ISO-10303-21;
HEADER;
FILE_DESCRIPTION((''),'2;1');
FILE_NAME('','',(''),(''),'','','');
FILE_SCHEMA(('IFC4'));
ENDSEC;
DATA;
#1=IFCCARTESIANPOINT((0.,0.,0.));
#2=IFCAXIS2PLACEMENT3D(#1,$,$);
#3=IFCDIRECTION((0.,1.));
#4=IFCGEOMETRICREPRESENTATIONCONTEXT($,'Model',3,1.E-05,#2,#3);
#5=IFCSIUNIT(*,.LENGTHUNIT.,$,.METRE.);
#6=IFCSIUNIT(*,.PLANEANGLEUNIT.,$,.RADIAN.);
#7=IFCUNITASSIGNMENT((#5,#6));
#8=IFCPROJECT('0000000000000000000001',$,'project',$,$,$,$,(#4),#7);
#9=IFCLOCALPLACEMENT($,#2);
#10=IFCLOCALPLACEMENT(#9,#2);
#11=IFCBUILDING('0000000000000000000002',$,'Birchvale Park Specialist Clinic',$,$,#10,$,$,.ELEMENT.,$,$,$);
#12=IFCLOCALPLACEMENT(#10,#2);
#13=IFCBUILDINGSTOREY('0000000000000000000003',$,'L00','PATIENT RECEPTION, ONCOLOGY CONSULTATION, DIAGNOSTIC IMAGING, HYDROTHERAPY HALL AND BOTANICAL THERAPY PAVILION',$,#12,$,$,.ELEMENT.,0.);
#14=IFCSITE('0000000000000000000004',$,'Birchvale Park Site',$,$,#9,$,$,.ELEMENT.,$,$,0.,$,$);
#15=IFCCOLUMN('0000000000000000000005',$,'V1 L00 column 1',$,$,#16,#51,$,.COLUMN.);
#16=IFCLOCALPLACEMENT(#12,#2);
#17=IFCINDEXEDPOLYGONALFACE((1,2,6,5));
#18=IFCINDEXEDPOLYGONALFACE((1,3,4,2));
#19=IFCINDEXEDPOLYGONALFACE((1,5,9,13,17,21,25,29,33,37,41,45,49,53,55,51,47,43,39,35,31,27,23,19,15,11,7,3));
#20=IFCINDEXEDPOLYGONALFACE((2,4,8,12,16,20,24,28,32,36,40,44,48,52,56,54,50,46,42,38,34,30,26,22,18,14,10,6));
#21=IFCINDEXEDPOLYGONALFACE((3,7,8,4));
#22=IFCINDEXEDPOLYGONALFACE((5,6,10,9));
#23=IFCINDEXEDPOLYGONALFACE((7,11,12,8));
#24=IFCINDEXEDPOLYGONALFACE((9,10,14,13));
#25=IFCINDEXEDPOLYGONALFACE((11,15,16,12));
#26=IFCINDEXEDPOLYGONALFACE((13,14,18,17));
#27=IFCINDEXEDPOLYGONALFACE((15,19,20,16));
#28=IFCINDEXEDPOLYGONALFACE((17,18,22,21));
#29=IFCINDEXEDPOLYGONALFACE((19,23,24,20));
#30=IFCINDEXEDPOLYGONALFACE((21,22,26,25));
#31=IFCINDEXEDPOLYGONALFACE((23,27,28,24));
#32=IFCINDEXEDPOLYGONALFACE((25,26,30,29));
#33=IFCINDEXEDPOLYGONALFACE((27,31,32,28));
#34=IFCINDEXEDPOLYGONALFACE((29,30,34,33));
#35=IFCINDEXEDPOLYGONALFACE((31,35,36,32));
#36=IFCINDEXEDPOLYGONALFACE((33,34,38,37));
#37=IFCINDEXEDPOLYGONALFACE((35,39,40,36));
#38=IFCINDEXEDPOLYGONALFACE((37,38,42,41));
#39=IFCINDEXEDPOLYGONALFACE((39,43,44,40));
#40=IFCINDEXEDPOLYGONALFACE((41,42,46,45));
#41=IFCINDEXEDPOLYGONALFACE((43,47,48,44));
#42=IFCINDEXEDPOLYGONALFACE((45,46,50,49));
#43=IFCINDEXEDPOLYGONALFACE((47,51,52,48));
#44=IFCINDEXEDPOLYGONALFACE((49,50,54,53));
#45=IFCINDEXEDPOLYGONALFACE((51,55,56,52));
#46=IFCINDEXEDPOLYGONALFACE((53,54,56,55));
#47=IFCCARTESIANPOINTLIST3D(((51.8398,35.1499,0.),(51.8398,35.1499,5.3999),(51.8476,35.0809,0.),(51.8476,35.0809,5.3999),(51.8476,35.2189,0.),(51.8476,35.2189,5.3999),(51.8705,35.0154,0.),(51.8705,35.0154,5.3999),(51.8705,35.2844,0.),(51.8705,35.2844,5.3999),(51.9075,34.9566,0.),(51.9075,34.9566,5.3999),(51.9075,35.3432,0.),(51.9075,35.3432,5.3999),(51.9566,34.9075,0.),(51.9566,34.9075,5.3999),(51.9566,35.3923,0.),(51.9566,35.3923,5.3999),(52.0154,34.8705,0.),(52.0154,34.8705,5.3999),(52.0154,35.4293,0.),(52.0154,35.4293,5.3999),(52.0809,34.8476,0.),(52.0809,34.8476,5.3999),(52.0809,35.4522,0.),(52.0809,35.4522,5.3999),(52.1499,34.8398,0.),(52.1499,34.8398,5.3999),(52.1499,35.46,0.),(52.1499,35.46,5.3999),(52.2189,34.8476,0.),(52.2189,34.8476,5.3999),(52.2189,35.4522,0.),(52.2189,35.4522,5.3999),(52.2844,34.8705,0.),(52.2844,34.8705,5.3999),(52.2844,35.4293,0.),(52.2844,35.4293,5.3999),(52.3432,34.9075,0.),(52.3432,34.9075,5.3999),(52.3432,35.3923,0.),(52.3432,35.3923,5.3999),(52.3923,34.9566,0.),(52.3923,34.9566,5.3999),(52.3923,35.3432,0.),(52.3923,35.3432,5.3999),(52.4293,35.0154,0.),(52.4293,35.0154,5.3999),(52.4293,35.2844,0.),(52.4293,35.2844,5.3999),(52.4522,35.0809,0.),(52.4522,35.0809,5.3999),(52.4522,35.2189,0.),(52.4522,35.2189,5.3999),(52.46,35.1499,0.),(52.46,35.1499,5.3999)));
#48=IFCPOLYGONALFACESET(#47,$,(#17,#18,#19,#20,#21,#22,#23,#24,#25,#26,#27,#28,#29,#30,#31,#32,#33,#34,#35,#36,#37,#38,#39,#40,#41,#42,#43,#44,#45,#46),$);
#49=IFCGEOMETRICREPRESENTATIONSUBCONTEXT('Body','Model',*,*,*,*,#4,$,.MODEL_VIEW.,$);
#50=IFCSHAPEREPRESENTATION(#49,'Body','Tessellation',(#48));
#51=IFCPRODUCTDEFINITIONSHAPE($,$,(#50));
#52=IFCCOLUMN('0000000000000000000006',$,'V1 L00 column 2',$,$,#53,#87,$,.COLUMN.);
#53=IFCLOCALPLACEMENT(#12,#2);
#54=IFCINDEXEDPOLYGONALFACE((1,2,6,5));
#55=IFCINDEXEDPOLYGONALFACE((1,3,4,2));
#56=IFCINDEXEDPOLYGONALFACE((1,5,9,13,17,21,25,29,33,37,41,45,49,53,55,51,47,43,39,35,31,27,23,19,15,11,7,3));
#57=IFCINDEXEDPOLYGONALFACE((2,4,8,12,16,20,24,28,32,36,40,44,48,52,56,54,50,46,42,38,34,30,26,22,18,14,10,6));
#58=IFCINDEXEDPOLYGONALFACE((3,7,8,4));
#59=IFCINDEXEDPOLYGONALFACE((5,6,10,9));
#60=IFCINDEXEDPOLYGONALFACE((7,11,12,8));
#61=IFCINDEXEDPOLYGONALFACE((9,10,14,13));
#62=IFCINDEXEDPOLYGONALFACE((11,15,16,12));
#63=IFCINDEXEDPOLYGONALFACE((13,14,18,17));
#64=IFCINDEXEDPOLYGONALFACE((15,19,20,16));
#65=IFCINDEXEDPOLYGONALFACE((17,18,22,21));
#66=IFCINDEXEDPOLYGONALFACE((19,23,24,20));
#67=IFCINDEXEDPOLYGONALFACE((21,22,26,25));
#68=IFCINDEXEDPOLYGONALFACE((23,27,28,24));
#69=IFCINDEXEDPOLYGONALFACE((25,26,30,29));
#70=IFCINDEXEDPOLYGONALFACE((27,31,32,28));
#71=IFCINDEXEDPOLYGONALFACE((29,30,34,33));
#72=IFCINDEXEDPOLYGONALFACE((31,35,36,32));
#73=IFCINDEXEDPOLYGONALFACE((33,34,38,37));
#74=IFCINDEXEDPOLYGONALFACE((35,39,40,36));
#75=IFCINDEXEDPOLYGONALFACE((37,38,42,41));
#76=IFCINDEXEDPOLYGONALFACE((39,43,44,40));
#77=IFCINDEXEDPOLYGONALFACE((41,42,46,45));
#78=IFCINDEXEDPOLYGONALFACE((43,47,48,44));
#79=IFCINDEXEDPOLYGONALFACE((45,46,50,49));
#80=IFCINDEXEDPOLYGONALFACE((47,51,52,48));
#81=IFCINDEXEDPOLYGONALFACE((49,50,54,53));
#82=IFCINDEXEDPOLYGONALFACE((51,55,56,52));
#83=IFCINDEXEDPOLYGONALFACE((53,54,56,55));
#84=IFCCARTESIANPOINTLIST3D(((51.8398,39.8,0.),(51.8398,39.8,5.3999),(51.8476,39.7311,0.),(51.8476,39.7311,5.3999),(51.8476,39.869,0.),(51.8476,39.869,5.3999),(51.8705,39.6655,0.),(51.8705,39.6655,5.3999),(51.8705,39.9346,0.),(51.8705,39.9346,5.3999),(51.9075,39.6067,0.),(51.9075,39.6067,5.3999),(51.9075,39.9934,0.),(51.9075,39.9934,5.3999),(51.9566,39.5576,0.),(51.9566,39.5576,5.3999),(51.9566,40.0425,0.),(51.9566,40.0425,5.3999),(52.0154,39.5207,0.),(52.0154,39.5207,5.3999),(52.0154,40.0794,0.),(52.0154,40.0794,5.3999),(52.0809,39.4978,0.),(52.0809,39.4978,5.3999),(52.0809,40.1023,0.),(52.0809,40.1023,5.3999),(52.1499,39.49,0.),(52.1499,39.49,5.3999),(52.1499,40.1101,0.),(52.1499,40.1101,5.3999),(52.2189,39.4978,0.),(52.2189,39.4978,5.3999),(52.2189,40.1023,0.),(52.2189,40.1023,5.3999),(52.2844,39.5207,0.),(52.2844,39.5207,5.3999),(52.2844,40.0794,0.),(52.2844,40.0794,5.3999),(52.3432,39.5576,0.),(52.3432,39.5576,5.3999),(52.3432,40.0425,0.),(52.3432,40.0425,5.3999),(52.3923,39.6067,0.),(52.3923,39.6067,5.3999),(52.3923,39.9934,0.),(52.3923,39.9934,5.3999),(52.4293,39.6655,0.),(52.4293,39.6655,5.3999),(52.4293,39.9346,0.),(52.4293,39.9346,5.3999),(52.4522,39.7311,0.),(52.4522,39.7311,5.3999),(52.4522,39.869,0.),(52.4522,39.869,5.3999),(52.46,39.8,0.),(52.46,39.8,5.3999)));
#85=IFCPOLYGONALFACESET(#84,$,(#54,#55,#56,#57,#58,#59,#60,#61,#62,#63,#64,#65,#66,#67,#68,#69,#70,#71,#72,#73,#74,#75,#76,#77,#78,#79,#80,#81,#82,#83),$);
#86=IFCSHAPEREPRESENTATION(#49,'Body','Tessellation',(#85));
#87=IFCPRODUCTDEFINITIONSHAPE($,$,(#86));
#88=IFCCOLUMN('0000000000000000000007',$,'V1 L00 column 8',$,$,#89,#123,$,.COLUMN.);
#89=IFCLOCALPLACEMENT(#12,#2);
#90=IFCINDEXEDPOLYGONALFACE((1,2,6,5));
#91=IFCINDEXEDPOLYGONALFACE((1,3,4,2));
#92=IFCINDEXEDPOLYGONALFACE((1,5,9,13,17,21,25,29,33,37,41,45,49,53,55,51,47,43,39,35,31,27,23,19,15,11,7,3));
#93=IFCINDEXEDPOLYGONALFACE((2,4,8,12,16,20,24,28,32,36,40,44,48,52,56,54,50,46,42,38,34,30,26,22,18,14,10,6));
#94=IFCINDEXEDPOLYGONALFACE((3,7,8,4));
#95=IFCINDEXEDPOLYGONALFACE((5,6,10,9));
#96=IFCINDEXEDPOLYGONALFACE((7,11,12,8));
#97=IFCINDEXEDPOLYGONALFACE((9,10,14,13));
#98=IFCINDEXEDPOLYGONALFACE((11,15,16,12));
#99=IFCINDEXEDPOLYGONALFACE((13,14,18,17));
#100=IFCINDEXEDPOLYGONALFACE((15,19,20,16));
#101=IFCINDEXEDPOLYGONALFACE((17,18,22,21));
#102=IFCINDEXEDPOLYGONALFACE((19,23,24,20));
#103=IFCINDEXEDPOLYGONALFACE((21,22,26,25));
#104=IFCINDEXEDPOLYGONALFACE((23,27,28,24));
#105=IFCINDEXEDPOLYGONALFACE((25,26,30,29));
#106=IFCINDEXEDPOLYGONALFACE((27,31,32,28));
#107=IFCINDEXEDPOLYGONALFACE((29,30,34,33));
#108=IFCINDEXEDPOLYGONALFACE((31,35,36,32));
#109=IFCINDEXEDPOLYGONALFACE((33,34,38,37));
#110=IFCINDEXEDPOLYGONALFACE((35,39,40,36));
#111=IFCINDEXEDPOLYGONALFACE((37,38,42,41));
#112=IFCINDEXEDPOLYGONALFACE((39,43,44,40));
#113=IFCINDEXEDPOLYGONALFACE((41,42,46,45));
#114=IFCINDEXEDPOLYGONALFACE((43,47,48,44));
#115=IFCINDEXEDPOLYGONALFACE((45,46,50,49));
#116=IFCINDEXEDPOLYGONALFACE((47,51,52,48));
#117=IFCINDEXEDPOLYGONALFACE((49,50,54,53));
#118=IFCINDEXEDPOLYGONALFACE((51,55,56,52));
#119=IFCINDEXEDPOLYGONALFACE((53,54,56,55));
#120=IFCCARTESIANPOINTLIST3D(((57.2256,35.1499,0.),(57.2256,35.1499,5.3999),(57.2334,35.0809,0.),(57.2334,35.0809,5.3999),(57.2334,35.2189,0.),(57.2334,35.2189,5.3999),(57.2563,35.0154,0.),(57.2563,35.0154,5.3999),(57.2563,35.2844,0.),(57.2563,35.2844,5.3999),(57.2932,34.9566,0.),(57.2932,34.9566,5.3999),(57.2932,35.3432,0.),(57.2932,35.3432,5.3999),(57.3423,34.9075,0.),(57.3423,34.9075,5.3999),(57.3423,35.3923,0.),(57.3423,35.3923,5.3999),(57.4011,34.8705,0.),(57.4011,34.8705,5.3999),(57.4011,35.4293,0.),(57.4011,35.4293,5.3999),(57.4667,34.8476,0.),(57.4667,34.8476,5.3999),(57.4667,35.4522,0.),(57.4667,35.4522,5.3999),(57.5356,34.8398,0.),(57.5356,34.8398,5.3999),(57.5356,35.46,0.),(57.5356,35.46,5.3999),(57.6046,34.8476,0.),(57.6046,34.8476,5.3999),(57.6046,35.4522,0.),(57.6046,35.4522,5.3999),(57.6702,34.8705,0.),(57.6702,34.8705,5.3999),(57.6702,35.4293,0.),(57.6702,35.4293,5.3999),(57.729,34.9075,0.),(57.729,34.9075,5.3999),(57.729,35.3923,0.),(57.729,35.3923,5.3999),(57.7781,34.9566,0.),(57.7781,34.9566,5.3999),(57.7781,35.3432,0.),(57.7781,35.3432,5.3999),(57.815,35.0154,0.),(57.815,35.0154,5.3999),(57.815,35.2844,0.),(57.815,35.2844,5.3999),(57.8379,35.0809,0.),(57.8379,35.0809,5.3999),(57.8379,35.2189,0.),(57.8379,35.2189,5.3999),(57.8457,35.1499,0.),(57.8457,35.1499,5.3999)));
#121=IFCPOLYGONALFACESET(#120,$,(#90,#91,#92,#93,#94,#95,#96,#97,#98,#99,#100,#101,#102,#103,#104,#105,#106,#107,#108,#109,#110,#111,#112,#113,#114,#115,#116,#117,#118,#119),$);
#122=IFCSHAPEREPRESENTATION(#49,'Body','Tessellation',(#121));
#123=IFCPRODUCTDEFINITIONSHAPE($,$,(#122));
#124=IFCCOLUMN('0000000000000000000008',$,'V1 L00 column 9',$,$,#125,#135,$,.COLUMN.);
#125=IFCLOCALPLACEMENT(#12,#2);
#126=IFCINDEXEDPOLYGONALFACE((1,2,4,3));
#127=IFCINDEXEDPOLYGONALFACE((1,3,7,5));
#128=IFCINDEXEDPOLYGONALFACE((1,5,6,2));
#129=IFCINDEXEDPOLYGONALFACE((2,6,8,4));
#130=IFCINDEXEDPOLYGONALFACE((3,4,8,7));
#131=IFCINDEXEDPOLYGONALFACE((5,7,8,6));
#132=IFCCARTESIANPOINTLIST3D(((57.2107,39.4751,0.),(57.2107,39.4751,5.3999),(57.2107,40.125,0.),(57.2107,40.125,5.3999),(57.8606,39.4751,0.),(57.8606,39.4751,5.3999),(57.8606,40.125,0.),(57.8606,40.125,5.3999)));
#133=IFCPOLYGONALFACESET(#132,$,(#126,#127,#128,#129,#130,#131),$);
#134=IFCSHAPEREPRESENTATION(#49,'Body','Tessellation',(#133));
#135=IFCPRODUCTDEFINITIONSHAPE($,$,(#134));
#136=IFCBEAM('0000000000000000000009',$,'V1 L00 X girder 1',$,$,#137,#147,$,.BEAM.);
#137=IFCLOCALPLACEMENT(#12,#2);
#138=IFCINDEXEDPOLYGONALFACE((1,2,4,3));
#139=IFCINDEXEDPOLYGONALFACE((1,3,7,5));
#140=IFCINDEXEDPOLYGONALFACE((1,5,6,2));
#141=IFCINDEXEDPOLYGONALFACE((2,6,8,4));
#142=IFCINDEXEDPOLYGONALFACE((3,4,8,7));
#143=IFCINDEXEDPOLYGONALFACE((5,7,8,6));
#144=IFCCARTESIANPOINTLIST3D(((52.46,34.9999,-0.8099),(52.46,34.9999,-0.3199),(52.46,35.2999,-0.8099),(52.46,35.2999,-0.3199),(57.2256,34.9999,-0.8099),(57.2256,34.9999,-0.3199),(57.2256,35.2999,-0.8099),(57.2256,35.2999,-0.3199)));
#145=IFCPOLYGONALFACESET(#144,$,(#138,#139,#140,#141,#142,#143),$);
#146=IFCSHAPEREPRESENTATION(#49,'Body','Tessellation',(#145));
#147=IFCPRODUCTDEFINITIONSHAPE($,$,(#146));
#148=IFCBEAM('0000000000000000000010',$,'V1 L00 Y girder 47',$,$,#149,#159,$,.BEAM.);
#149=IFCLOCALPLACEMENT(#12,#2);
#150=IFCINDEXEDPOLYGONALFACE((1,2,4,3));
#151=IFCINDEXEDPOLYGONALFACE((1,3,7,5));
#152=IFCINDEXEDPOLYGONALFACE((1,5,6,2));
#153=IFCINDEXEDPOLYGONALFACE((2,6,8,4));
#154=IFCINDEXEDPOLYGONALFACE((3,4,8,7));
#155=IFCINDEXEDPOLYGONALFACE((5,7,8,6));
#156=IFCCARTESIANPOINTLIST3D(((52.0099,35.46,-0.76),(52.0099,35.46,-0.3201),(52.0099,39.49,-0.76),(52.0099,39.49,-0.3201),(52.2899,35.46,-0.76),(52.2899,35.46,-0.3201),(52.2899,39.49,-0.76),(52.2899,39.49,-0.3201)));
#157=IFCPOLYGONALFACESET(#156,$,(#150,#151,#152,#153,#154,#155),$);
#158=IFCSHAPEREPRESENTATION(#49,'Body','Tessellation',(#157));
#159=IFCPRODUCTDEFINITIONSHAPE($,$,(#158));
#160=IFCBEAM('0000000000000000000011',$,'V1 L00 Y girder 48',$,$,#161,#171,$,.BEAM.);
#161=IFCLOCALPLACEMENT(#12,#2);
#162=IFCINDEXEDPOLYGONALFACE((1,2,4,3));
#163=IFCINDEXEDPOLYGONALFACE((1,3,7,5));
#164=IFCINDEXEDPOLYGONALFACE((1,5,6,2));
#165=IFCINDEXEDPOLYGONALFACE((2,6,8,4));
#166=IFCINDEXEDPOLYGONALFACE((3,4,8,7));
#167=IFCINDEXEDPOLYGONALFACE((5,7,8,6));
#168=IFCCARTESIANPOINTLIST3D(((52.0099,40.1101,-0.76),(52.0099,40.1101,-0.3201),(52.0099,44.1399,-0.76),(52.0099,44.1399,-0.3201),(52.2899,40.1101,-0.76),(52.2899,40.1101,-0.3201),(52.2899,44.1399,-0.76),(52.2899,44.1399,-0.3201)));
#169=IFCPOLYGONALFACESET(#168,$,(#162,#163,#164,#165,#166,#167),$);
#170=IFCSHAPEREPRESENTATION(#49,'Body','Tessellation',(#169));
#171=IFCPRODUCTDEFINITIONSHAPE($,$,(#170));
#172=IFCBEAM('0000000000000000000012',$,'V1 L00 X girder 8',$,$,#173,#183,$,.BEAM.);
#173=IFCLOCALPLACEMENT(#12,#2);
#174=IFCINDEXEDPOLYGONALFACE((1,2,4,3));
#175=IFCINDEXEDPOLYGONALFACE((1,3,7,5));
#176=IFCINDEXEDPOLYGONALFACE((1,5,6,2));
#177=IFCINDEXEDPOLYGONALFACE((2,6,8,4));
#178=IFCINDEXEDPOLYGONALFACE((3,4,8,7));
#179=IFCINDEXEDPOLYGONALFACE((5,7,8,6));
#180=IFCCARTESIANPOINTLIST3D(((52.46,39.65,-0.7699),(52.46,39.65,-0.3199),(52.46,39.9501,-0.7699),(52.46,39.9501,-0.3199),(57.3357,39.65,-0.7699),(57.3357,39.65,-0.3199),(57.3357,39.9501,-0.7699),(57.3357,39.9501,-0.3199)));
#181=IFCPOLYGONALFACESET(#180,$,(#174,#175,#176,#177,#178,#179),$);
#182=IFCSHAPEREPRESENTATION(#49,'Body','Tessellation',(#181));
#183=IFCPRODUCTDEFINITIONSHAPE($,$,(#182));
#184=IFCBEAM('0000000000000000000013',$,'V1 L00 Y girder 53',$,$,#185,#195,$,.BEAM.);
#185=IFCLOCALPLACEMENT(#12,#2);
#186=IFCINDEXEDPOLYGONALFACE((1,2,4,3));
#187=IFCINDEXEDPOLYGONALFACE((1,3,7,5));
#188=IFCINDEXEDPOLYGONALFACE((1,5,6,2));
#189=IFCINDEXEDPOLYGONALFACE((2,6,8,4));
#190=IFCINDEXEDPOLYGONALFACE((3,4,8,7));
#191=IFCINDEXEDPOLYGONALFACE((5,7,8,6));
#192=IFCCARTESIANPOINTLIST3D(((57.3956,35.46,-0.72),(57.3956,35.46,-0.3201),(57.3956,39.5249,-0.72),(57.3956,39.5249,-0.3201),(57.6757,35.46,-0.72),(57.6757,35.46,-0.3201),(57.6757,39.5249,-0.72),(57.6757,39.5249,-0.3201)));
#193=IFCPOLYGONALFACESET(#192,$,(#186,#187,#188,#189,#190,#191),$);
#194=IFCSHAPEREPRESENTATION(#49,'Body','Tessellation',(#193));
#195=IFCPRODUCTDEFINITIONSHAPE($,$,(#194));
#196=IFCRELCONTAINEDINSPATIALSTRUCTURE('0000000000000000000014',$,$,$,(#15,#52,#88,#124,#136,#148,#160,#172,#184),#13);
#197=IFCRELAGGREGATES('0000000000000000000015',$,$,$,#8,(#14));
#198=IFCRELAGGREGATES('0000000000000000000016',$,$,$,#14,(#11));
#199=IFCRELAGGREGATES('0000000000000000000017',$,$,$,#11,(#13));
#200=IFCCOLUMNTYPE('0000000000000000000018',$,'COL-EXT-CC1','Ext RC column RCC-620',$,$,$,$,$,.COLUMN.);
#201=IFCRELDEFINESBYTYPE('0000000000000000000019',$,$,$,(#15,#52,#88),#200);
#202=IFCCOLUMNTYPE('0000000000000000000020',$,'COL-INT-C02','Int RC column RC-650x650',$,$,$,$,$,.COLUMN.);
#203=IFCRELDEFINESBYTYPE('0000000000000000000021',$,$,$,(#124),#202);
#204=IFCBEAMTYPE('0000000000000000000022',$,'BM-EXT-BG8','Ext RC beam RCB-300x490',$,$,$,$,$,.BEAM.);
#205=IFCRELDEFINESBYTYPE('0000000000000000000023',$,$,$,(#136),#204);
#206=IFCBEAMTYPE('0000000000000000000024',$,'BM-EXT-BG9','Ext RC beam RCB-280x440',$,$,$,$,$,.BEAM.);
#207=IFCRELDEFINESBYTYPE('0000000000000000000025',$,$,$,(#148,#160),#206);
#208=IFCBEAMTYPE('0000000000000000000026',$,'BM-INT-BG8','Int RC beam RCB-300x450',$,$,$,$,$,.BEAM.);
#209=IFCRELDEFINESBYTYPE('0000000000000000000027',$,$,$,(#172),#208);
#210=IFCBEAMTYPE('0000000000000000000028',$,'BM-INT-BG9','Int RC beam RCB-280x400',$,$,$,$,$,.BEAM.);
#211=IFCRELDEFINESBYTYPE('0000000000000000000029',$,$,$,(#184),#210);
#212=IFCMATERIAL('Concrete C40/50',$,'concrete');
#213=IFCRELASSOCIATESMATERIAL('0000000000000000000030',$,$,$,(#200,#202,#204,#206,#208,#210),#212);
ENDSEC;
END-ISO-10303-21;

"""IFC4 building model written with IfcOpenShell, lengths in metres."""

from ifc_helpers import new_model, si_unit, direction, frame, origin, origin_2d, place, context, subcontext, project, spatial, rectangle, circle, extrude, material, material_profile, profile_set, type_object, element, save


model = new_model("IFC4")

# Units and contexts
model_context = context("Model", 3, precision=1e-05, world=origin(), true_north=direction((0.0, 1.0)))
body_context = subcontext(model_context, "Body", "Model", "MODEL_VIEW")
ifc_project = project(units=[si_unit("LENGTHUNIT", "METRE"), si_unit("PLANEANGLEUNIT", "RADIAN")], contexts=[model_context])

# Site, building, storey
site_placement = place(None, origin())
site = spatial("IfcSite", under=ifc_project, at=site_placement, Name="Birchvale Park Site", CompositionType="ELEMENT", RefElevation=0.0)
building_placement = place(site_placement, origin())
building = spatial("IfcBuilding", under=site, at=building_placement, Name="Birchvale Park Specialist Clinic", CompositionType="ELEMENT")
storey_placement = place(building_placement, origin())
storey = spatial("IfcBuildingStorey", under=building, at=storey_placement, Name="L00", Description="PATIENT RECEPTION, ONCOLOGY CONSULTATION, DIAGNOSTIC IMAGING, HYDROTHERAPY HALL AND BOTANICAL THERAPY PAVILION", CompositionType="ELEMENT", Elevation=0.0)

# Columns
ifc_material_1 = material(Name="Concrete C40/50", Category="concrete")
ifc_material_profile_1 = material_profile(ifc_material_1, circle(Radius=0.3101, at=origin_2d()), Name="RCC-620")
ifc_profile_set_1 = profile_set([ifc_material_profile_1], Name="Concrete C40/50")
column_type_1 = type_object("IfcColumnType", Name="COL-EXT-CC1", Description="Ext RC column RCC-620", PredefinedType="COLUMN", material=ifc_profile_set_1)
for number, where, z_axis, x_axis, name in (
    (1, (52.1499, 35.1499, 0.0), (0.0, 0.0, 1.0), (1.0, 0.0, 0.0), "V1 L00 column 1"),
    (2, (52.1499, 39.8, 0.0), (0.0, 0.0, 1.0), (1.0, 0.0, 0.0), "V1 L00 column 2"),
    (3, (57.5356, 35.1499, 0.0), (0.0, 0.0, 1.0), (1.0, 0.0, 0.0), "V1 L00 column 8"),
):
    element("IfcColumn", number, at=place(storey_placement, frame(where, z_axis=z_axis, x_axis=x_axis)), inside=storey, type_object=column_type_1, Name=name, PredefinedType="COLUMN", context=body_context, shape_type="SweptSolid", body=[
        extrude(circle(Radius=0.3101, at=origin_2d()), origin(), (0.0, 0.0, 1.0), 5.3999),
    ])
ifc_material_profile_2 = material_profile(ifc_material_1, rectangle(XDim=0.6499, YDim=0.6499, at=origin_2d()), Name="RC-650x650")
ifc_profile_set_2 = profile_set([ifc_material_profile_2], Name="Concrete C40/50")
column_type_2 = type_object("IfcColumnType", Name="COL-INT-C02", Description="Int RC column RC-650x650", PredefinedType="COLUMN", material=ifc_profile_set_2)
column_placement = place(storey_placement, frame((57.5356, 39.8, 0.0), z_axis=(0.0, 0.0, 1.0), x_axis=(1.0, 0.0, 0.0)))
element("IfcColumn", 4, at=column_placement, inside=storey, type_object=column_type_2, Name="V1 L00 column 9", PredefinedType="COLUMN", context=body_context, shape_type="SweptSolid", body=[
    extrude(rectangle(XDim=0.6499, YDim=0.6499, at=origin_2d()), origin(), (0.0, 0.0, 1.0), 5.3999),
])

# Beams
ifc_material_profile_3 = material_profile(ifc_material_1, rectangle(XDim=0.3, YDim=0.49, at=origin_2d()), Name="RCB-300x490")
ifc_profile_set_3 = profile_set([ifc_material_profile_3], Name="Concrete C40/50")
beam_type_1 = type_object("IfcBeamType", Name="BM-EXT-BG8", Description="Ext RC beam RCB-300x490", PredefinedType="BEAM", material=ifc_profile_set_3)
beam_1_placement = place(storey_placement, frame((52.46, 35.1499, -0.5649), z_axis=(1.0, 0.0, 0.0), x_axis=(0.0, 1.0, 0.0)))
element("IfcBeam", 5, at=beam_1_placement, inside=storey, type_object=beam_type_1, Name="V1 L00 X girder 1", PredefinedType="BEAM", context=body_context, shape_type="SweptSolid", body=[
    extrude(rectangle(XDim=0.3, YDim=0.49, at=origin_2d()), origin(), (0.0, 0.0, 1.0), 4.7656),
])
ifc_material_profile_4 = material_profile(ifc_material_1, rectangle(XDim=0.28, YDim=0.4399, at=origin_2d()), Name="RCB-280x440")
ifc_profile_set_4 = profile_set([ifc_material_profile_4], Name="Concrete C40/50")
beam_type_2 = type_object("IfcBeamType", Name="BM-EXT-BG9", Description="Ext RC beam RCB-280x440", PredefinedType="BEAM", material=ifc_profile_set_4)
beam_2_placement = place(storey_placement, frame((52.1499, 35.46, -0.54), z_axis=(0.0, 1.0, 0.0), x_axis=(-1.0, 0.0, 0.0)))
element("IfcBeam", 6, at=beam_2_placement, inside=storey, type_object=beam_type_2, Name="V1 L00 Y girder 47", PredefinedType="BEAM", context=body_context, shape_type="SweptSolid", body=[
    extrude(rectangle(XDim=0.28, YDim=0.4399, at=origin_2d()), origin(), (0.0, 0.0, 1.0), 4.03),
])
beam_3_placement = place(storey_placement, frame((52.1499, 40.1101, -0.54), z_axis=(0.0, 1.0, 0.0), x_axis=(-1.0, 0.0, 0.0)))
element("IfcBeam", 7, at=beam_3_placement, inside=storey, type_object=beam_type_2, Name="V1 L00 Y girder 48", PredefinedType="BEAM", context=body_context, shape_type="SweptSolid", body=[
    extrude(rectangle(XDim=0.28, YDim=0.4399, at=origin_2d()), origin(), (0.0, 0.0, 1.0), 4.0298),
])
ifc_material_profile_5 = material_profile(ifc_material_1, rectangle(XDim=0.3, YDim=0.45, at=origin_2d()), Name="RCB-300x450")
ifc_profile_set_5 = profile_set([ifc_material_profile_5], Name="Concrete C40/50")
beam_type_3 = type_object("IfcBeamType", Name="BM-INT-BG8", Description="Int RC beam RCB-300x450", PredefinedType="BEAM", material=ifc_profile_set_5)
beam_4_placement = place(storey_placement, frame((52.46, 39.8, -0.5449), z_axis=(1.0, 0.0, 0.0), x_axis=(0.0, 1.0, 0.0)))
element("IfcBeam", 8, at=beam_4_placement, inside=storey, type_object=beam_type_3, Name="V1 L00 X girder 8", PredefinedType="BEAM", context=body_context, shape_type="SweptSolid", body=[
    extrude(rectangle(XDim=0.3, YDim=0.45, at=origin_2d()), origin(), (0.0, 0.0, 1.0), 4.8757),
])
ifc_material_profile_6 = material_profile(ifc_material_1, rectangle(XDim=0.28, YDim=0.3999, at=origin_2d()), Name="RCB-280x400")
ifc_profile_set_6 = profile_set([ifc_material_profile_6], Name="Concrete C40/50")
beam_type_4 = type_object("IfcBeamType", Name="BM-INT-BG9", Description="Int RC beam RCB-280x400", PredefinedType="BEAM", material=ifc_profile_set_6)
beam_5_placement = place(storey_placement, frame((57.5356, 35.46, -0.52), z_axis=(0.0, 1.0, 0.0), x_axis=(-1.0, 0.0, 0.0)))
element("IfcBeam", 9, at=beam_5_placement, inside=storey, type_object=beam_type_4, Name="V1 L00 Y girder 53", PredefinedType="BEAM", context=body_context, shape_type="SweptSolid", body=[
    extrude(rectangle(XDim=0.28, YDim=0.3999, at=origin_2d()), origin(), (0.0, 0.0, 1.0), 4.0649),
])

save(model, "model.ifc")
